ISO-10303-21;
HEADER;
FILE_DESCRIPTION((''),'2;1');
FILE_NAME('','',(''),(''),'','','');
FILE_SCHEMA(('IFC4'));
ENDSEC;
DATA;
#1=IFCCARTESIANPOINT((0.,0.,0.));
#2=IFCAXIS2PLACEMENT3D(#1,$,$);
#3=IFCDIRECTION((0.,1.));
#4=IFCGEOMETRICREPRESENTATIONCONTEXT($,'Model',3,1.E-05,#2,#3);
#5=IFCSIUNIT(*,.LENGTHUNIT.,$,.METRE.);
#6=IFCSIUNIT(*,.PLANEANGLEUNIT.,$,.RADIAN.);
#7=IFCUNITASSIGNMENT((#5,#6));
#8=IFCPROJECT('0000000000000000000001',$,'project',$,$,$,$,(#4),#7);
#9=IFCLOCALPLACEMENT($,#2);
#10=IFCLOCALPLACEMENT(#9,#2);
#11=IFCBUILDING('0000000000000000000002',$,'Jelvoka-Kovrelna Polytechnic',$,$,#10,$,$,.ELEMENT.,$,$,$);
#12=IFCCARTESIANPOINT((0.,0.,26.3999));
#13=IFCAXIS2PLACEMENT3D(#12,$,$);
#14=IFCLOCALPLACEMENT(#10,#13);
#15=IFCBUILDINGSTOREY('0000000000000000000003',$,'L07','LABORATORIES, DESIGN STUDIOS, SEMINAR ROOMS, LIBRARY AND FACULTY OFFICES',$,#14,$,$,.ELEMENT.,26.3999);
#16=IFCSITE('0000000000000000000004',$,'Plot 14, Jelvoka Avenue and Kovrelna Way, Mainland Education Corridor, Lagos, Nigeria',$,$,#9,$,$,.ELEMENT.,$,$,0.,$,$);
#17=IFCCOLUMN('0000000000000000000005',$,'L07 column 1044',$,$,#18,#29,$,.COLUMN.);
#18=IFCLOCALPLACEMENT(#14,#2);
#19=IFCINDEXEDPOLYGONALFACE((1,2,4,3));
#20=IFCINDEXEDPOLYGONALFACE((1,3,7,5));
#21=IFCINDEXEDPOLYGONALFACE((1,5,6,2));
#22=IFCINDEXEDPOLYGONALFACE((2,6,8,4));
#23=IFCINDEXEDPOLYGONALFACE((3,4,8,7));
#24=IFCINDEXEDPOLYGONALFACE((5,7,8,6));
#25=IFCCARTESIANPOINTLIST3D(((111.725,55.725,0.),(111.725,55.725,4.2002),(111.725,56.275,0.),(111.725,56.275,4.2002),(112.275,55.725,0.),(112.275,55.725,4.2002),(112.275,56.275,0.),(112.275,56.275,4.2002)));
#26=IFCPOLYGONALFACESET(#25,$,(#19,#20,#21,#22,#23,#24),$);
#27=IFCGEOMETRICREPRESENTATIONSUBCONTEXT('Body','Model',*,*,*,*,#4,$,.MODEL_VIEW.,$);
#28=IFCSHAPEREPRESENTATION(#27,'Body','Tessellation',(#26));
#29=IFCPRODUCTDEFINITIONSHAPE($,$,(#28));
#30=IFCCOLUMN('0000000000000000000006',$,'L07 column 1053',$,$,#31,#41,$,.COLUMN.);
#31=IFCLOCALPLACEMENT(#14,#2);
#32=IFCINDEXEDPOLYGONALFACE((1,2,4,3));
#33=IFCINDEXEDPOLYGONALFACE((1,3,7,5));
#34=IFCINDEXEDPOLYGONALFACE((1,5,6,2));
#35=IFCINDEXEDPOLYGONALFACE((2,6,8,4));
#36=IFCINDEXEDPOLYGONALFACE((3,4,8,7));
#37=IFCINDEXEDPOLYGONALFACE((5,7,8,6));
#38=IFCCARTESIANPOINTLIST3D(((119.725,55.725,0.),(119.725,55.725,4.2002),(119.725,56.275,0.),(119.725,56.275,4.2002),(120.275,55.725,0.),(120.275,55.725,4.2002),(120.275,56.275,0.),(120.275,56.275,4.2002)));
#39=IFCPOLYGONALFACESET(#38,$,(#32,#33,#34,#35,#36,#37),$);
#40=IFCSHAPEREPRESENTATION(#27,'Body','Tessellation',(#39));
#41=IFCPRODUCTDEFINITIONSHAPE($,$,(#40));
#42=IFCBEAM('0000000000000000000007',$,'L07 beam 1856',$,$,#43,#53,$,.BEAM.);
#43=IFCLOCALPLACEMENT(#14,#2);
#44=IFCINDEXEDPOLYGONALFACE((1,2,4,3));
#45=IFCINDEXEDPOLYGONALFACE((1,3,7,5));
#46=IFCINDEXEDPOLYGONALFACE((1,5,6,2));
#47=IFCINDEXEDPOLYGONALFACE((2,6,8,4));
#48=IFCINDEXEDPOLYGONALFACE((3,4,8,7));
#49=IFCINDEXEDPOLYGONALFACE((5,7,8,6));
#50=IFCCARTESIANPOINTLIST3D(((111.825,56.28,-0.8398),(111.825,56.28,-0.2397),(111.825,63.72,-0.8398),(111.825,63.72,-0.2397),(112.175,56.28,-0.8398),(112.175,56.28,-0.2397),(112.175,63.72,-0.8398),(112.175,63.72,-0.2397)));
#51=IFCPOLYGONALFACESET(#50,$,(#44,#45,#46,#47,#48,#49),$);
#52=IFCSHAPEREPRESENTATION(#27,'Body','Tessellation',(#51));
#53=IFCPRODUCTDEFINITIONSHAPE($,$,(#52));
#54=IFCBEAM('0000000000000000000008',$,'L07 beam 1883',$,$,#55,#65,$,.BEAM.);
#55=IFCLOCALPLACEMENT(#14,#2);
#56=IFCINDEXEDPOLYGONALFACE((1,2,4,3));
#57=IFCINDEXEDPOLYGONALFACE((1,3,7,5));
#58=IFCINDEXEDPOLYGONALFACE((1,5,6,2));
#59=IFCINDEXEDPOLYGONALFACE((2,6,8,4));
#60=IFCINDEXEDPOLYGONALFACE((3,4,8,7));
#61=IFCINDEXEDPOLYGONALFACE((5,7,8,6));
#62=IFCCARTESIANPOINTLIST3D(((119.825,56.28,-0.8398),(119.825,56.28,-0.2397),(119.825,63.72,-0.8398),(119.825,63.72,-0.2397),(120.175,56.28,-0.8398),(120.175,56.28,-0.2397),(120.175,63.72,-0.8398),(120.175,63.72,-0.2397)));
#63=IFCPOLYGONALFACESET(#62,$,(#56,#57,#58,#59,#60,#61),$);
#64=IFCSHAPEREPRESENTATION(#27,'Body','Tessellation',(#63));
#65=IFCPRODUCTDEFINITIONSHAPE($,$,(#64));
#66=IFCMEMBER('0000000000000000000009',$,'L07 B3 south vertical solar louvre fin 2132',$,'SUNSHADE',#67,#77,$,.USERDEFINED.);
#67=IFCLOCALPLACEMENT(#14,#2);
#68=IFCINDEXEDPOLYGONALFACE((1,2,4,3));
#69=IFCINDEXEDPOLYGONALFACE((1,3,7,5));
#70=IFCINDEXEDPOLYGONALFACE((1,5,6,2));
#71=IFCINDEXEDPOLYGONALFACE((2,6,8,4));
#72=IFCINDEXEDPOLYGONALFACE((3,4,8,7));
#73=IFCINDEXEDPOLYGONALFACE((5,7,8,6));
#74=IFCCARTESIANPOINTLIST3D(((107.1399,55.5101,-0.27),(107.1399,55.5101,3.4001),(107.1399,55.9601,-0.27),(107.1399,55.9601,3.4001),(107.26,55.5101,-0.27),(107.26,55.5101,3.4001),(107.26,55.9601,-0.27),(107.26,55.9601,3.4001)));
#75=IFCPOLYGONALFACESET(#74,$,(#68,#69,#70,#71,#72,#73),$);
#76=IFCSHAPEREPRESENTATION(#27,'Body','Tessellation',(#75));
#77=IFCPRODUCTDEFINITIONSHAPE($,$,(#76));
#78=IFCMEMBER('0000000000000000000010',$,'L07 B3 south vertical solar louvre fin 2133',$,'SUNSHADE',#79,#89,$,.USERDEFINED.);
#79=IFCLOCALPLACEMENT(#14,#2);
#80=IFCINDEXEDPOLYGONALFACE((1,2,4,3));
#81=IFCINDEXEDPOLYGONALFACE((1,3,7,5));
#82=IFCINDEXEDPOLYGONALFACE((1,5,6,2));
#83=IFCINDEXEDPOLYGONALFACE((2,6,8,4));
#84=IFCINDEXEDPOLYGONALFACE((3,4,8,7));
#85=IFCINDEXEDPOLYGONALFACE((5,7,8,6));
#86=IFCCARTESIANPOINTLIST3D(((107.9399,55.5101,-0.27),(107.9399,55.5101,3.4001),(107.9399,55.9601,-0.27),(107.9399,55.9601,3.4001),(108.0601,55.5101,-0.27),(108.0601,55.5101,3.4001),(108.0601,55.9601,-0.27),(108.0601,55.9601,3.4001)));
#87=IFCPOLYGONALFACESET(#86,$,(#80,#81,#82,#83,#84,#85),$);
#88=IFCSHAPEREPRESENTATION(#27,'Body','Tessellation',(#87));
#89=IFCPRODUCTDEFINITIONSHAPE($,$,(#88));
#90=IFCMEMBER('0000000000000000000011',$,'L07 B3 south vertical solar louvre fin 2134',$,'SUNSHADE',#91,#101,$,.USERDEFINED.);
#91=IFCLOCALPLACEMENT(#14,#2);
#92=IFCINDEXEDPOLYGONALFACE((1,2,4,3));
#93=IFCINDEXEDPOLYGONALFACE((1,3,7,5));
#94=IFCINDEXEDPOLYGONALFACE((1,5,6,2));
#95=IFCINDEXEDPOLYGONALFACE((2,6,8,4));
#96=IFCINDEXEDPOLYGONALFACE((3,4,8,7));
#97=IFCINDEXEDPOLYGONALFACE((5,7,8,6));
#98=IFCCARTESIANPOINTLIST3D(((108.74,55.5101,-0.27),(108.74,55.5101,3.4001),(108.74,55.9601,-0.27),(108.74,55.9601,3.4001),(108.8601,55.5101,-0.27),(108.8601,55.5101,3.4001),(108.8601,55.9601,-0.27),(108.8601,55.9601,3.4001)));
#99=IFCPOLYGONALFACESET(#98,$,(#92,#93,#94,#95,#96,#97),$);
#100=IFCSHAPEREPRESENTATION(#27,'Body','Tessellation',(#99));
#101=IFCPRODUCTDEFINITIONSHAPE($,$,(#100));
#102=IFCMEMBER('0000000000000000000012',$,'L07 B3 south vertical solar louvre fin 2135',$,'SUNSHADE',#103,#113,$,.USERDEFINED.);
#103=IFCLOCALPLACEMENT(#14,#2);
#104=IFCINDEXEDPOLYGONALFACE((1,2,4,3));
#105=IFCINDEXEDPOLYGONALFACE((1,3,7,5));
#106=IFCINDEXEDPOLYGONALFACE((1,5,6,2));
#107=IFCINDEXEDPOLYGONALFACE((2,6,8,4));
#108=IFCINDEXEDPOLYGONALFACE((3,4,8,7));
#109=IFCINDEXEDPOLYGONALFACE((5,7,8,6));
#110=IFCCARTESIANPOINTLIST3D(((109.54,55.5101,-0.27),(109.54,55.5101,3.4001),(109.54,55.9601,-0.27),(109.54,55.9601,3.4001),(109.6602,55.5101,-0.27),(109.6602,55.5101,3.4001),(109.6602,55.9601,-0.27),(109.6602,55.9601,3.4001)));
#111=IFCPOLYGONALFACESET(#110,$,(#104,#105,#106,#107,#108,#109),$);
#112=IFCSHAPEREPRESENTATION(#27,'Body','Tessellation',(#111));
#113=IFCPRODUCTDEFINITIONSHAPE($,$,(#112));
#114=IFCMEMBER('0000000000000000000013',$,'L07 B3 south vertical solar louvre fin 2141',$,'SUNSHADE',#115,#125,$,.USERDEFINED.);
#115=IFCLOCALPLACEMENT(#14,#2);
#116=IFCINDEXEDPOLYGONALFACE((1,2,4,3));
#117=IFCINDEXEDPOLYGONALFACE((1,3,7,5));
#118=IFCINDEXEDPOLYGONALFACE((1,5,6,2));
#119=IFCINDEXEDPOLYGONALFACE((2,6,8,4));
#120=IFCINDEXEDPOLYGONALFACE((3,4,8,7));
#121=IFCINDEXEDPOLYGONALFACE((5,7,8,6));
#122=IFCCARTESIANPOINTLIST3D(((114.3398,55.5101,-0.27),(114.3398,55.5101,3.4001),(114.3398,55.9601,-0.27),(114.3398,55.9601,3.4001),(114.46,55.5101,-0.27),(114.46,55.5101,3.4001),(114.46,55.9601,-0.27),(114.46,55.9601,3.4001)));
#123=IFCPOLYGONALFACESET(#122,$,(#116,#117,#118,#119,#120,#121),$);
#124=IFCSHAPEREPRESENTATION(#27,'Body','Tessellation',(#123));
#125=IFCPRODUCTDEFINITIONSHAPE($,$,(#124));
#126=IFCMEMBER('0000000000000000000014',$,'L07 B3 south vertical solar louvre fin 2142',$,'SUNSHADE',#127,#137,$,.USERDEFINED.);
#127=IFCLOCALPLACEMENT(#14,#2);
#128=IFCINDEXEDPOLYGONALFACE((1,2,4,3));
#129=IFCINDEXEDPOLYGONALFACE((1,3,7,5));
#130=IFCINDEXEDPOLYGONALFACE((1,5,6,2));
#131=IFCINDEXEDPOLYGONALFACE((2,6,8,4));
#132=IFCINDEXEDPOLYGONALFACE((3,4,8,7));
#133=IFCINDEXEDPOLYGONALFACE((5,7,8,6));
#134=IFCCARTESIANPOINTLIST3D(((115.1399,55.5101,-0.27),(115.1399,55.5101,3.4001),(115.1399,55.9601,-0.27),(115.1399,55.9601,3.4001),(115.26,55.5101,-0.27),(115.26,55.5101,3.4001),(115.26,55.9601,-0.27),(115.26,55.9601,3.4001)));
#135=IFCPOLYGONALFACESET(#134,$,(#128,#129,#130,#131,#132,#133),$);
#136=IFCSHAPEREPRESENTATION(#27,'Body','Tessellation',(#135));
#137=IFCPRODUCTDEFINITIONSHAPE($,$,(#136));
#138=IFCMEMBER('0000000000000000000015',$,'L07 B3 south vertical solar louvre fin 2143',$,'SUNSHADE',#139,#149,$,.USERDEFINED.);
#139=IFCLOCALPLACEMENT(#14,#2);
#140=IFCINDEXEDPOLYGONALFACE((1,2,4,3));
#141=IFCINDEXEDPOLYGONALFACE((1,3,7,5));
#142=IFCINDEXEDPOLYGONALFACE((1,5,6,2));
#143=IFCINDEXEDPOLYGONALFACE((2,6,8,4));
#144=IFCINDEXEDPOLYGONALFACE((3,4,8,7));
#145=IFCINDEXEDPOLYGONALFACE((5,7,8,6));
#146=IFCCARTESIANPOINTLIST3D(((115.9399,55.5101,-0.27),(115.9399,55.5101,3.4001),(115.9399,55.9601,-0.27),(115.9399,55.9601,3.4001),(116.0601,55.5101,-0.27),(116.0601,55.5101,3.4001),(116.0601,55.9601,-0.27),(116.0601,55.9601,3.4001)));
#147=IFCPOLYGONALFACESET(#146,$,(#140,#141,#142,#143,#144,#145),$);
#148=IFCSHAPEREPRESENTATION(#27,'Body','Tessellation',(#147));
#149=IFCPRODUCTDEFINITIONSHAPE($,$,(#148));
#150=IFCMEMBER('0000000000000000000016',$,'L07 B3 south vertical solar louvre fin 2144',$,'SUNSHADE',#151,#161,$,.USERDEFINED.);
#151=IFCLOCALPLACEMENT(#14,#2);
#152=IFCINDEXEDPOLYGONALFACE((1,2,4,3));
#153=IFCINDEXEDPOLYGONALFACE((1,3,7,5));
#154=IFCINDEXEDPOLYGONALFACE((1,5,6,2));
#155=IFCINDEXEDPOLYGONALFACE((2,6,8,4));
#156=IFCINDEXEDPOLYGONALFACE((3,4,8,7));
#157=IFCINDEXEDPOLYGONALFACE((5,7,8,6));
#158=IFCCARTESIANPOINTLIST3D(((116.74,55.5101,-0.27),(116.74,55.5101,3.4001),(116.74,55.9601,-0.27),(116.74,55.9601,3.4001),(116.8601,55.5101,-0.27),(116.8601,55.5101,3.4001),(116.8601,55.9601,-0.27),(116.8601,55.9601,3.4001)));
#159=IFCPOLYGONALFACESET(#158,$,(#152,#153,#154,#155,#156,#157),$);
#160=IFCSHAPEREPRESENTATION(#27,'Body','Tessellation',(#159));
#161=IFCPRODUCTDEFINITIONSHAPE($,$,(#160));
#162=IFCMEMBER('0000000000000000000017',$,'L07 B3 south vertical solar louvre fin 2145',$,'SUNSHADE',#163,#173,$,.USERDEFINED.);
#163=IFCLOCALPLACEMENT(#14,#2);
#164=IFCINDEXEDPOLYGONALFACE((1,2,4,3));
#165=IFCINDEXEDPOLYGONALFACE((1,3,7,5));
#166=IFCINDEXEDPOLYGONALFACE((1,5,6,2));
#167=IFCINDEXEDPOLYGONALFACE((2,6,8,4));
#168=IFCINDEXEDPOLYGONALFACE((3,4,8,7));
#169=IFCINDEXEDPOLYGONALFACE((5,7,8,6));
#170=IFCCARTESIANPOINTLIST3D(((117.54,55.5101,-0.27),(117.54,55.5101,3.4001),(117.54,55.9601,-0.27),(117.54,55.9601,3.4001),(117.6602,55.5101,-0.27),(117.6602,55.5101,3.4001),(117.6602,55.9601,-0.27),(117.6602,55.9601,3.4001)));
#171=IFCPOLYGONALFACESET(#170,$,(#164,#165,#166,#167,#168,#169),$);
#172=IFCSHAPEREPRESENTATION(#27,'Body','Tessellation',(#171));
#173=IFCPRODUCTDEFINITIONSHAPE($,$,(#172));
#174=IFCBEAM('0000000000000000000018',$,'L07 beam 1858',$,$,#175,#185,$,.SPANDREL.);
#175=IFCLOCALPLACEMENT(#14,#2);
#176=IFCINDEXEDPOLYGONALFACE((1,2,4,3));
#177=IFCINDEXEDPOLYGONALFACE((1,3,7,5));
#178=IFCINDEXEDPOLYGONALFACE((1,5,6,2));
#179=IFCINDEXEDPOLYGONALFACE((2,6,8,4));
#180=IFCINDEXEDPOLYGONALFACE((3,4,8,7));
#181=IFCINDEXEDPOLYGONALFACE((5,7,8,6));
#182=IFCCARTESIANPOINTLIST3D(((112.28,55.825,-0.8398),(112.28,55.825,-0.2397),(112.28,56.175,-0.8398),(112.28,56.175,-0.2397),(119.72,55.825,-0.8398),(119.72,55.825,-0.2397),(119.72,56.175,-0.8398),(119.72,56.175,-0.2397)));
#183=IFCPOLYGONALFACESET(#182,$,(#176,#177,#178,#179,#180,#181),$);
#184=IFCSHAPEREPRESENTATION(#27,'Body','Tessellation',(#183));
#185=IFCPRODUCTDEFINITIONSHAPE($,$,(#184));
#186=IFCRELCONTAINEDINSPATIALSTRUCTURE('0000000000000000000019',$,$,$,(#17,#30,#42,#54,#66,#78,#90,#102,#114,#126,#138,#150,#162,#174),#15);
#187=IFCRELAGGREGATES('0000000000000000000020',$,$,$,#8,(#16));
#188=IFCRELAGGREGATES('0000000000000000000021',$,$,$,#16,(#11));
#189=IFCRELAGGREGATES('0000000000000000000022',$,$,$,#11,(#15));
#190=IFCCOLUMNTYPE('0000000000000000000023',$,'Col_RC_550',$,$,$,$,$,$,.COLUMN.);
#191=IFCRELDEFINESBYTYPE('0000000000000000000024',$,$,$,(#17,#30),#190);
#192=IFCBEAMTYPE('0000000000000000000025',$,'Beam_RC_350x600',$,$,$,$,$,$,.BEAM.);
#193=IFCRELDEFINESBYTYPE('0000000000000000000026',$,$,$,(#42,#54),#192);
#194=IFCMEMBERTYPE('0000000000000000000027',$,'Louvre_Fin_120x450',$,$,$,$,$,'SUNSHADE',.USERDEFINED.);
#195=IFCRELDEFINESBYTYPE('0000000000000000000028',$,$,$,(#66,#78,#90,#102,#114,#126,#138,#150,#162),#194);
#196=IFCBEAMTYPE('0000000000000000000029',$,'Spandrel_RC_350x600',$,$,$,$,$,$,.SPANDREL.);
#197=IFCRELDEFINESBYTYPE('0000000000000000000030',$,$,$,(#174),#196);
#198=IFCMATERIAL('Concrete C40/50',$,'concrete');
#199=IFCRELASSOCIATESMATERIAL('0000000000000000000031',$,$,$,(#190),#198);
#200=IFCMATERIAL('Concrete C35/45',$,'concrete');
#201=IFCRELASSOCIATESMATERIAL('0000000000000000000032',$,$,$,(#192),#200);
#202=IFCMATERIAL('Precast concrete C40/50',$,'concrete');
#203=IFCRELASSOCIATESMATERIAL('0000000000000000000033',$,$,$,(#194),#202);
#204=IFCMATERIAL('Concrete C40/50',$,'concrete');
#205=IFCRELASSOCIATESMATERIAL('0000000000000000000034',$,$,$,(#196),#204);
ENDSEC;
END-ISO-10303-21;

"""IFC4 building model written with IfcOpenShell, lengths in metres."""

from ifc_helpers import new_model, si_unit, direction, frame, origin, origin_2d, place, context, subcontext, project, spatial, rectangle, extrude, material, material_profile, profile_set, type_object, element, save


model = new_model("IFC4")

# Units and contexts
model_context = context("Model", 3, precision=1e-05, world=origin(), true_north=direction((0.0, 1.0)))
body_context = subcontext(model_context, "Body", "Model", "MODEL_VIEW")
ifc_project = project(units=[si_unit("LENGTHUNIT", "METRE"), si_unit("PLANEANGLEUNIT", "RADIAN")], contexts=[model_context])

# Site, building, storey
site_placement = place(None, origin())
site = spatial("IfcSite", under=ifc_project, at=site_placement, Name="Plot 14, Jelvoka Avenue and Kovrelna Way, Mainland Education Corridor, Lagos, Nigeria", CompositionType="ELEMENT", RefElevation=0.0)
building_placement = place(site_placement, origin())
building = spatial("IfcBuilding", under=site, at=building_placement, Name="Jelvoka-Kovrelna Polytechnic", CompositionType="ELEMENT")
storey_placement = place(building_placement, frame((0.0, 0.0, 26.3999)))
storey = spatial("IfcBuildingStorey", under=building, at=storey_placement, Name="L07", Description="LABORATORIES, DESIGN STUDIOS, SEMINAR ROOMS, LIBRARY AND FACULTY OFFICES", CompositionType="ELEMENT", Elevation=26.3999)

# Columns
ifc_material_1 = material(Name="Concrete C40/50", Category="concrete")
ifc_material_profile_1 = material_profile(ifc_material_1, rectangle(XDim=0.55, YDim=0.55, at=origin_2d()), Name="RC 550x550")
ifc_profile_set_1 = profile_set([ifc_material_profile_1], Name="Concrete C40/50")
column_type = type_object("IfcColumnType", Name="Col_RC_550", PredefinedType="COLUMN", material=ifc_profile_set_1)
for number, where, z_axis, x_axis, name in (
    (1, (112.0, 56.0, 0.0), (0.0, 0.0, 1.0), (1.0, 0.0, 0.0), "L07 column 1044"),
    (2, (120.0, 56.0, 0.0), (0.0, 0.0, 1.0), (1.0, 0.0, 0.0), "L07 column 1053"),
):
    element("IfcColumn", number, at=place(storey_placement, frame(where, z_axis=z_axis, x_axis=x_axis)), inside=storey, type_object=column_type, Name=name, PredefinedType="COLUMN", context=body_context, shape_type="SweptSolid", body=[
        extrude(rectangle(XDim=0.55, YDim=0.55, at=origin_2d()), origin(), (0.0, 0.0, 1.0), 4.2002),
    ])

# Beams
ifc_material_2 = material(Name="Concrete C35/45", Category="concrete")
ifc_material_profile_2 = material_profile(ifc_material_2, rectangle(XDim=0.3501, YDim=0.6001, at=origin_2d()), Name="RC 350x600")
ifc_profile_set_2 = profile_set([ifc_material_profile_2], Name="Concrete C35/45")
beam_type_1 = type_object("IfcBeamType", Name="Beam_RC_350x600", PredefinedType="BEAM", material=ifc_profile_set_2)
for number, where, z_axis, x_axis, name in (
    (3, (112.0, 56.28, -0.5398), (0.0, 1.0, 0.0), (-1.0, 0.0, 0.0), "L07 beam 1856"),
    (4, (120.0, 56.28, -0.5398), (0.0, 1.0, 0.0), (-1.0, 0.0, 0.0), "L07 beam 1883"),
):
    element("IfcBeam", number, at=place(storey_placement, frame(where, z_axis=z_axis, x_axis=x_axis)), inside=storey, type_object=beam_type_1, Name=name, PredefinedType="BEAM", context=body_context, shape_type="SweptSolid", body=[
        extrude(rectangle(XDim=0.3501, YDim=0.6001, at=origin_2d()), origin(), (0.0, 0.0, 1.0), 7.4399),
    ])

# Members
ifc_material_3 = material(Name="Precast concrete C40/50", Category="concrete")
ifc_material_profile_3 = material_profile(ifc_material_3, rectangle(XDim=0.1201, YDim=0.45, at=origin_2d()), Name="PC 120x450")
ifc_profile_set_3 = profile_set([ifc_material_profile_3], Name="Precast concrete C40/50")
member_type = type_object("IfcMemberType", Name="Louvre_Fin_120x450", ElementType="SUNSHADE", PredefinedType="USERDEFINED", material=ifc_profile_set_3)
for number, where, z_axis, x_axis, name in (
    (5, (107.2, 55.7351, -0.27), (0.0, 0.0, 1.0), (1.0, 0.0, 0.0), "L07 B3 south vertical solar louvre fin 2132"),
    (6, (108.0, 55.7351, -0.27), (0.0, 0.0, 1.0), (1.0, 0.0, 0.0), "L07 B3 south vertical solar louvre fin 2133"),
    (7, (108.8, 55.7351, -0.27), (0.0, 0.0, 1.0), (1.0, 0.0, 0.0), "L07 B3 south vertical solar louvre fin 2134"),
    (8, (109.6001, 55.7351, -0.27), (0.0, 0.0, 1.0), (1.0, 0.0, 0.0), "L07 B3 south vertical solar louvre fin 2135"),
    (9, (114.3999, 55.7351, -0.27), (0.0, 0.0, 1.0), (1.0, 0.0, 0.0), "L07 B3 south vertical solar louvre fin 2141"),
    (10, (115.2, 55.7351, -0.27), (0.0, 0.0, 1.0), (1.0, 0.0, 0.0), "L07 B3 south vertical solar louvre fin 2142"),
    (11, (116.0, 55.7351, -0.27), (0.0, 0.0, 1.0), (1.0, 0.0, 0.0), "L07 B3 south vertical solar louvre fin 2143"),
    (12, (116.8, 55.7351, -0.27), (0.0, 0.0, 1.0), (1.0, 0.0, 0.0), "L07 B3 south vertical solar louvre fin 2144"),
    (13, (117.6001, 55.7351, -0.27), (0.0, 0.0, 1.0), (1.0, 0.0, 0.0), "L07 B3 south vertical solar louvre fin 2145"),
):
    element("IfcMember", number, at=place(storey_placement, frame(where, z_axis=z_axis, x_axis=x_axis)), inside=storey, type_object=member_type, Name=name, ObjectType="SUNSHADE", PredefinedType="USERDEFINED", context=body_context, shape_type="SweptSolid", body=[
        extrude(rectangle(XDim=0.1201, YDim=0.45, at=origin_2d()), origin(), (0.0, 0.0, 1.0), 3.6702),
    ])

# Beam
ifc_material_4 = material(Name="Concrete C40/50", Category="concrete")
ifc_material_profile_4 = material_profile(ifc_material_4, rectangle(XDim=0.3501, YDim=0.6001, at=origin_2d()), Name="RC 350x600")
ifc_profile_set_4 = profile_set([ifc_material_profile_4], Name="Concrete C40/50")
beam_type_2 = type_object("IfcBeamType", Name="Spandrel_RC_350x600", PredefinedType="SPANDREL", material=ifc_profile_set_4)
beam_placement = place(storey_placement, frame((112.28, 56.0, -0.5398), z_axis=(1.0, 0.0, 0.0), x_axis=(0.0, 1.0, 0.0)))
element("IfcBeam", 14, at=beam_placement, inside=storey, type_object=beam_type_2, Name="L07 beam 1858", PredefinedType="SPANDREL", context=body_context, shape_type="SweptSolid", body=[
    extrude(rectangle(XDim=0.3501, YDim=0.6001, at=origin_2d()), origin(), (0.0, 0.0, 1.0), 7.4399),
])

save(model, "model.ifc")
